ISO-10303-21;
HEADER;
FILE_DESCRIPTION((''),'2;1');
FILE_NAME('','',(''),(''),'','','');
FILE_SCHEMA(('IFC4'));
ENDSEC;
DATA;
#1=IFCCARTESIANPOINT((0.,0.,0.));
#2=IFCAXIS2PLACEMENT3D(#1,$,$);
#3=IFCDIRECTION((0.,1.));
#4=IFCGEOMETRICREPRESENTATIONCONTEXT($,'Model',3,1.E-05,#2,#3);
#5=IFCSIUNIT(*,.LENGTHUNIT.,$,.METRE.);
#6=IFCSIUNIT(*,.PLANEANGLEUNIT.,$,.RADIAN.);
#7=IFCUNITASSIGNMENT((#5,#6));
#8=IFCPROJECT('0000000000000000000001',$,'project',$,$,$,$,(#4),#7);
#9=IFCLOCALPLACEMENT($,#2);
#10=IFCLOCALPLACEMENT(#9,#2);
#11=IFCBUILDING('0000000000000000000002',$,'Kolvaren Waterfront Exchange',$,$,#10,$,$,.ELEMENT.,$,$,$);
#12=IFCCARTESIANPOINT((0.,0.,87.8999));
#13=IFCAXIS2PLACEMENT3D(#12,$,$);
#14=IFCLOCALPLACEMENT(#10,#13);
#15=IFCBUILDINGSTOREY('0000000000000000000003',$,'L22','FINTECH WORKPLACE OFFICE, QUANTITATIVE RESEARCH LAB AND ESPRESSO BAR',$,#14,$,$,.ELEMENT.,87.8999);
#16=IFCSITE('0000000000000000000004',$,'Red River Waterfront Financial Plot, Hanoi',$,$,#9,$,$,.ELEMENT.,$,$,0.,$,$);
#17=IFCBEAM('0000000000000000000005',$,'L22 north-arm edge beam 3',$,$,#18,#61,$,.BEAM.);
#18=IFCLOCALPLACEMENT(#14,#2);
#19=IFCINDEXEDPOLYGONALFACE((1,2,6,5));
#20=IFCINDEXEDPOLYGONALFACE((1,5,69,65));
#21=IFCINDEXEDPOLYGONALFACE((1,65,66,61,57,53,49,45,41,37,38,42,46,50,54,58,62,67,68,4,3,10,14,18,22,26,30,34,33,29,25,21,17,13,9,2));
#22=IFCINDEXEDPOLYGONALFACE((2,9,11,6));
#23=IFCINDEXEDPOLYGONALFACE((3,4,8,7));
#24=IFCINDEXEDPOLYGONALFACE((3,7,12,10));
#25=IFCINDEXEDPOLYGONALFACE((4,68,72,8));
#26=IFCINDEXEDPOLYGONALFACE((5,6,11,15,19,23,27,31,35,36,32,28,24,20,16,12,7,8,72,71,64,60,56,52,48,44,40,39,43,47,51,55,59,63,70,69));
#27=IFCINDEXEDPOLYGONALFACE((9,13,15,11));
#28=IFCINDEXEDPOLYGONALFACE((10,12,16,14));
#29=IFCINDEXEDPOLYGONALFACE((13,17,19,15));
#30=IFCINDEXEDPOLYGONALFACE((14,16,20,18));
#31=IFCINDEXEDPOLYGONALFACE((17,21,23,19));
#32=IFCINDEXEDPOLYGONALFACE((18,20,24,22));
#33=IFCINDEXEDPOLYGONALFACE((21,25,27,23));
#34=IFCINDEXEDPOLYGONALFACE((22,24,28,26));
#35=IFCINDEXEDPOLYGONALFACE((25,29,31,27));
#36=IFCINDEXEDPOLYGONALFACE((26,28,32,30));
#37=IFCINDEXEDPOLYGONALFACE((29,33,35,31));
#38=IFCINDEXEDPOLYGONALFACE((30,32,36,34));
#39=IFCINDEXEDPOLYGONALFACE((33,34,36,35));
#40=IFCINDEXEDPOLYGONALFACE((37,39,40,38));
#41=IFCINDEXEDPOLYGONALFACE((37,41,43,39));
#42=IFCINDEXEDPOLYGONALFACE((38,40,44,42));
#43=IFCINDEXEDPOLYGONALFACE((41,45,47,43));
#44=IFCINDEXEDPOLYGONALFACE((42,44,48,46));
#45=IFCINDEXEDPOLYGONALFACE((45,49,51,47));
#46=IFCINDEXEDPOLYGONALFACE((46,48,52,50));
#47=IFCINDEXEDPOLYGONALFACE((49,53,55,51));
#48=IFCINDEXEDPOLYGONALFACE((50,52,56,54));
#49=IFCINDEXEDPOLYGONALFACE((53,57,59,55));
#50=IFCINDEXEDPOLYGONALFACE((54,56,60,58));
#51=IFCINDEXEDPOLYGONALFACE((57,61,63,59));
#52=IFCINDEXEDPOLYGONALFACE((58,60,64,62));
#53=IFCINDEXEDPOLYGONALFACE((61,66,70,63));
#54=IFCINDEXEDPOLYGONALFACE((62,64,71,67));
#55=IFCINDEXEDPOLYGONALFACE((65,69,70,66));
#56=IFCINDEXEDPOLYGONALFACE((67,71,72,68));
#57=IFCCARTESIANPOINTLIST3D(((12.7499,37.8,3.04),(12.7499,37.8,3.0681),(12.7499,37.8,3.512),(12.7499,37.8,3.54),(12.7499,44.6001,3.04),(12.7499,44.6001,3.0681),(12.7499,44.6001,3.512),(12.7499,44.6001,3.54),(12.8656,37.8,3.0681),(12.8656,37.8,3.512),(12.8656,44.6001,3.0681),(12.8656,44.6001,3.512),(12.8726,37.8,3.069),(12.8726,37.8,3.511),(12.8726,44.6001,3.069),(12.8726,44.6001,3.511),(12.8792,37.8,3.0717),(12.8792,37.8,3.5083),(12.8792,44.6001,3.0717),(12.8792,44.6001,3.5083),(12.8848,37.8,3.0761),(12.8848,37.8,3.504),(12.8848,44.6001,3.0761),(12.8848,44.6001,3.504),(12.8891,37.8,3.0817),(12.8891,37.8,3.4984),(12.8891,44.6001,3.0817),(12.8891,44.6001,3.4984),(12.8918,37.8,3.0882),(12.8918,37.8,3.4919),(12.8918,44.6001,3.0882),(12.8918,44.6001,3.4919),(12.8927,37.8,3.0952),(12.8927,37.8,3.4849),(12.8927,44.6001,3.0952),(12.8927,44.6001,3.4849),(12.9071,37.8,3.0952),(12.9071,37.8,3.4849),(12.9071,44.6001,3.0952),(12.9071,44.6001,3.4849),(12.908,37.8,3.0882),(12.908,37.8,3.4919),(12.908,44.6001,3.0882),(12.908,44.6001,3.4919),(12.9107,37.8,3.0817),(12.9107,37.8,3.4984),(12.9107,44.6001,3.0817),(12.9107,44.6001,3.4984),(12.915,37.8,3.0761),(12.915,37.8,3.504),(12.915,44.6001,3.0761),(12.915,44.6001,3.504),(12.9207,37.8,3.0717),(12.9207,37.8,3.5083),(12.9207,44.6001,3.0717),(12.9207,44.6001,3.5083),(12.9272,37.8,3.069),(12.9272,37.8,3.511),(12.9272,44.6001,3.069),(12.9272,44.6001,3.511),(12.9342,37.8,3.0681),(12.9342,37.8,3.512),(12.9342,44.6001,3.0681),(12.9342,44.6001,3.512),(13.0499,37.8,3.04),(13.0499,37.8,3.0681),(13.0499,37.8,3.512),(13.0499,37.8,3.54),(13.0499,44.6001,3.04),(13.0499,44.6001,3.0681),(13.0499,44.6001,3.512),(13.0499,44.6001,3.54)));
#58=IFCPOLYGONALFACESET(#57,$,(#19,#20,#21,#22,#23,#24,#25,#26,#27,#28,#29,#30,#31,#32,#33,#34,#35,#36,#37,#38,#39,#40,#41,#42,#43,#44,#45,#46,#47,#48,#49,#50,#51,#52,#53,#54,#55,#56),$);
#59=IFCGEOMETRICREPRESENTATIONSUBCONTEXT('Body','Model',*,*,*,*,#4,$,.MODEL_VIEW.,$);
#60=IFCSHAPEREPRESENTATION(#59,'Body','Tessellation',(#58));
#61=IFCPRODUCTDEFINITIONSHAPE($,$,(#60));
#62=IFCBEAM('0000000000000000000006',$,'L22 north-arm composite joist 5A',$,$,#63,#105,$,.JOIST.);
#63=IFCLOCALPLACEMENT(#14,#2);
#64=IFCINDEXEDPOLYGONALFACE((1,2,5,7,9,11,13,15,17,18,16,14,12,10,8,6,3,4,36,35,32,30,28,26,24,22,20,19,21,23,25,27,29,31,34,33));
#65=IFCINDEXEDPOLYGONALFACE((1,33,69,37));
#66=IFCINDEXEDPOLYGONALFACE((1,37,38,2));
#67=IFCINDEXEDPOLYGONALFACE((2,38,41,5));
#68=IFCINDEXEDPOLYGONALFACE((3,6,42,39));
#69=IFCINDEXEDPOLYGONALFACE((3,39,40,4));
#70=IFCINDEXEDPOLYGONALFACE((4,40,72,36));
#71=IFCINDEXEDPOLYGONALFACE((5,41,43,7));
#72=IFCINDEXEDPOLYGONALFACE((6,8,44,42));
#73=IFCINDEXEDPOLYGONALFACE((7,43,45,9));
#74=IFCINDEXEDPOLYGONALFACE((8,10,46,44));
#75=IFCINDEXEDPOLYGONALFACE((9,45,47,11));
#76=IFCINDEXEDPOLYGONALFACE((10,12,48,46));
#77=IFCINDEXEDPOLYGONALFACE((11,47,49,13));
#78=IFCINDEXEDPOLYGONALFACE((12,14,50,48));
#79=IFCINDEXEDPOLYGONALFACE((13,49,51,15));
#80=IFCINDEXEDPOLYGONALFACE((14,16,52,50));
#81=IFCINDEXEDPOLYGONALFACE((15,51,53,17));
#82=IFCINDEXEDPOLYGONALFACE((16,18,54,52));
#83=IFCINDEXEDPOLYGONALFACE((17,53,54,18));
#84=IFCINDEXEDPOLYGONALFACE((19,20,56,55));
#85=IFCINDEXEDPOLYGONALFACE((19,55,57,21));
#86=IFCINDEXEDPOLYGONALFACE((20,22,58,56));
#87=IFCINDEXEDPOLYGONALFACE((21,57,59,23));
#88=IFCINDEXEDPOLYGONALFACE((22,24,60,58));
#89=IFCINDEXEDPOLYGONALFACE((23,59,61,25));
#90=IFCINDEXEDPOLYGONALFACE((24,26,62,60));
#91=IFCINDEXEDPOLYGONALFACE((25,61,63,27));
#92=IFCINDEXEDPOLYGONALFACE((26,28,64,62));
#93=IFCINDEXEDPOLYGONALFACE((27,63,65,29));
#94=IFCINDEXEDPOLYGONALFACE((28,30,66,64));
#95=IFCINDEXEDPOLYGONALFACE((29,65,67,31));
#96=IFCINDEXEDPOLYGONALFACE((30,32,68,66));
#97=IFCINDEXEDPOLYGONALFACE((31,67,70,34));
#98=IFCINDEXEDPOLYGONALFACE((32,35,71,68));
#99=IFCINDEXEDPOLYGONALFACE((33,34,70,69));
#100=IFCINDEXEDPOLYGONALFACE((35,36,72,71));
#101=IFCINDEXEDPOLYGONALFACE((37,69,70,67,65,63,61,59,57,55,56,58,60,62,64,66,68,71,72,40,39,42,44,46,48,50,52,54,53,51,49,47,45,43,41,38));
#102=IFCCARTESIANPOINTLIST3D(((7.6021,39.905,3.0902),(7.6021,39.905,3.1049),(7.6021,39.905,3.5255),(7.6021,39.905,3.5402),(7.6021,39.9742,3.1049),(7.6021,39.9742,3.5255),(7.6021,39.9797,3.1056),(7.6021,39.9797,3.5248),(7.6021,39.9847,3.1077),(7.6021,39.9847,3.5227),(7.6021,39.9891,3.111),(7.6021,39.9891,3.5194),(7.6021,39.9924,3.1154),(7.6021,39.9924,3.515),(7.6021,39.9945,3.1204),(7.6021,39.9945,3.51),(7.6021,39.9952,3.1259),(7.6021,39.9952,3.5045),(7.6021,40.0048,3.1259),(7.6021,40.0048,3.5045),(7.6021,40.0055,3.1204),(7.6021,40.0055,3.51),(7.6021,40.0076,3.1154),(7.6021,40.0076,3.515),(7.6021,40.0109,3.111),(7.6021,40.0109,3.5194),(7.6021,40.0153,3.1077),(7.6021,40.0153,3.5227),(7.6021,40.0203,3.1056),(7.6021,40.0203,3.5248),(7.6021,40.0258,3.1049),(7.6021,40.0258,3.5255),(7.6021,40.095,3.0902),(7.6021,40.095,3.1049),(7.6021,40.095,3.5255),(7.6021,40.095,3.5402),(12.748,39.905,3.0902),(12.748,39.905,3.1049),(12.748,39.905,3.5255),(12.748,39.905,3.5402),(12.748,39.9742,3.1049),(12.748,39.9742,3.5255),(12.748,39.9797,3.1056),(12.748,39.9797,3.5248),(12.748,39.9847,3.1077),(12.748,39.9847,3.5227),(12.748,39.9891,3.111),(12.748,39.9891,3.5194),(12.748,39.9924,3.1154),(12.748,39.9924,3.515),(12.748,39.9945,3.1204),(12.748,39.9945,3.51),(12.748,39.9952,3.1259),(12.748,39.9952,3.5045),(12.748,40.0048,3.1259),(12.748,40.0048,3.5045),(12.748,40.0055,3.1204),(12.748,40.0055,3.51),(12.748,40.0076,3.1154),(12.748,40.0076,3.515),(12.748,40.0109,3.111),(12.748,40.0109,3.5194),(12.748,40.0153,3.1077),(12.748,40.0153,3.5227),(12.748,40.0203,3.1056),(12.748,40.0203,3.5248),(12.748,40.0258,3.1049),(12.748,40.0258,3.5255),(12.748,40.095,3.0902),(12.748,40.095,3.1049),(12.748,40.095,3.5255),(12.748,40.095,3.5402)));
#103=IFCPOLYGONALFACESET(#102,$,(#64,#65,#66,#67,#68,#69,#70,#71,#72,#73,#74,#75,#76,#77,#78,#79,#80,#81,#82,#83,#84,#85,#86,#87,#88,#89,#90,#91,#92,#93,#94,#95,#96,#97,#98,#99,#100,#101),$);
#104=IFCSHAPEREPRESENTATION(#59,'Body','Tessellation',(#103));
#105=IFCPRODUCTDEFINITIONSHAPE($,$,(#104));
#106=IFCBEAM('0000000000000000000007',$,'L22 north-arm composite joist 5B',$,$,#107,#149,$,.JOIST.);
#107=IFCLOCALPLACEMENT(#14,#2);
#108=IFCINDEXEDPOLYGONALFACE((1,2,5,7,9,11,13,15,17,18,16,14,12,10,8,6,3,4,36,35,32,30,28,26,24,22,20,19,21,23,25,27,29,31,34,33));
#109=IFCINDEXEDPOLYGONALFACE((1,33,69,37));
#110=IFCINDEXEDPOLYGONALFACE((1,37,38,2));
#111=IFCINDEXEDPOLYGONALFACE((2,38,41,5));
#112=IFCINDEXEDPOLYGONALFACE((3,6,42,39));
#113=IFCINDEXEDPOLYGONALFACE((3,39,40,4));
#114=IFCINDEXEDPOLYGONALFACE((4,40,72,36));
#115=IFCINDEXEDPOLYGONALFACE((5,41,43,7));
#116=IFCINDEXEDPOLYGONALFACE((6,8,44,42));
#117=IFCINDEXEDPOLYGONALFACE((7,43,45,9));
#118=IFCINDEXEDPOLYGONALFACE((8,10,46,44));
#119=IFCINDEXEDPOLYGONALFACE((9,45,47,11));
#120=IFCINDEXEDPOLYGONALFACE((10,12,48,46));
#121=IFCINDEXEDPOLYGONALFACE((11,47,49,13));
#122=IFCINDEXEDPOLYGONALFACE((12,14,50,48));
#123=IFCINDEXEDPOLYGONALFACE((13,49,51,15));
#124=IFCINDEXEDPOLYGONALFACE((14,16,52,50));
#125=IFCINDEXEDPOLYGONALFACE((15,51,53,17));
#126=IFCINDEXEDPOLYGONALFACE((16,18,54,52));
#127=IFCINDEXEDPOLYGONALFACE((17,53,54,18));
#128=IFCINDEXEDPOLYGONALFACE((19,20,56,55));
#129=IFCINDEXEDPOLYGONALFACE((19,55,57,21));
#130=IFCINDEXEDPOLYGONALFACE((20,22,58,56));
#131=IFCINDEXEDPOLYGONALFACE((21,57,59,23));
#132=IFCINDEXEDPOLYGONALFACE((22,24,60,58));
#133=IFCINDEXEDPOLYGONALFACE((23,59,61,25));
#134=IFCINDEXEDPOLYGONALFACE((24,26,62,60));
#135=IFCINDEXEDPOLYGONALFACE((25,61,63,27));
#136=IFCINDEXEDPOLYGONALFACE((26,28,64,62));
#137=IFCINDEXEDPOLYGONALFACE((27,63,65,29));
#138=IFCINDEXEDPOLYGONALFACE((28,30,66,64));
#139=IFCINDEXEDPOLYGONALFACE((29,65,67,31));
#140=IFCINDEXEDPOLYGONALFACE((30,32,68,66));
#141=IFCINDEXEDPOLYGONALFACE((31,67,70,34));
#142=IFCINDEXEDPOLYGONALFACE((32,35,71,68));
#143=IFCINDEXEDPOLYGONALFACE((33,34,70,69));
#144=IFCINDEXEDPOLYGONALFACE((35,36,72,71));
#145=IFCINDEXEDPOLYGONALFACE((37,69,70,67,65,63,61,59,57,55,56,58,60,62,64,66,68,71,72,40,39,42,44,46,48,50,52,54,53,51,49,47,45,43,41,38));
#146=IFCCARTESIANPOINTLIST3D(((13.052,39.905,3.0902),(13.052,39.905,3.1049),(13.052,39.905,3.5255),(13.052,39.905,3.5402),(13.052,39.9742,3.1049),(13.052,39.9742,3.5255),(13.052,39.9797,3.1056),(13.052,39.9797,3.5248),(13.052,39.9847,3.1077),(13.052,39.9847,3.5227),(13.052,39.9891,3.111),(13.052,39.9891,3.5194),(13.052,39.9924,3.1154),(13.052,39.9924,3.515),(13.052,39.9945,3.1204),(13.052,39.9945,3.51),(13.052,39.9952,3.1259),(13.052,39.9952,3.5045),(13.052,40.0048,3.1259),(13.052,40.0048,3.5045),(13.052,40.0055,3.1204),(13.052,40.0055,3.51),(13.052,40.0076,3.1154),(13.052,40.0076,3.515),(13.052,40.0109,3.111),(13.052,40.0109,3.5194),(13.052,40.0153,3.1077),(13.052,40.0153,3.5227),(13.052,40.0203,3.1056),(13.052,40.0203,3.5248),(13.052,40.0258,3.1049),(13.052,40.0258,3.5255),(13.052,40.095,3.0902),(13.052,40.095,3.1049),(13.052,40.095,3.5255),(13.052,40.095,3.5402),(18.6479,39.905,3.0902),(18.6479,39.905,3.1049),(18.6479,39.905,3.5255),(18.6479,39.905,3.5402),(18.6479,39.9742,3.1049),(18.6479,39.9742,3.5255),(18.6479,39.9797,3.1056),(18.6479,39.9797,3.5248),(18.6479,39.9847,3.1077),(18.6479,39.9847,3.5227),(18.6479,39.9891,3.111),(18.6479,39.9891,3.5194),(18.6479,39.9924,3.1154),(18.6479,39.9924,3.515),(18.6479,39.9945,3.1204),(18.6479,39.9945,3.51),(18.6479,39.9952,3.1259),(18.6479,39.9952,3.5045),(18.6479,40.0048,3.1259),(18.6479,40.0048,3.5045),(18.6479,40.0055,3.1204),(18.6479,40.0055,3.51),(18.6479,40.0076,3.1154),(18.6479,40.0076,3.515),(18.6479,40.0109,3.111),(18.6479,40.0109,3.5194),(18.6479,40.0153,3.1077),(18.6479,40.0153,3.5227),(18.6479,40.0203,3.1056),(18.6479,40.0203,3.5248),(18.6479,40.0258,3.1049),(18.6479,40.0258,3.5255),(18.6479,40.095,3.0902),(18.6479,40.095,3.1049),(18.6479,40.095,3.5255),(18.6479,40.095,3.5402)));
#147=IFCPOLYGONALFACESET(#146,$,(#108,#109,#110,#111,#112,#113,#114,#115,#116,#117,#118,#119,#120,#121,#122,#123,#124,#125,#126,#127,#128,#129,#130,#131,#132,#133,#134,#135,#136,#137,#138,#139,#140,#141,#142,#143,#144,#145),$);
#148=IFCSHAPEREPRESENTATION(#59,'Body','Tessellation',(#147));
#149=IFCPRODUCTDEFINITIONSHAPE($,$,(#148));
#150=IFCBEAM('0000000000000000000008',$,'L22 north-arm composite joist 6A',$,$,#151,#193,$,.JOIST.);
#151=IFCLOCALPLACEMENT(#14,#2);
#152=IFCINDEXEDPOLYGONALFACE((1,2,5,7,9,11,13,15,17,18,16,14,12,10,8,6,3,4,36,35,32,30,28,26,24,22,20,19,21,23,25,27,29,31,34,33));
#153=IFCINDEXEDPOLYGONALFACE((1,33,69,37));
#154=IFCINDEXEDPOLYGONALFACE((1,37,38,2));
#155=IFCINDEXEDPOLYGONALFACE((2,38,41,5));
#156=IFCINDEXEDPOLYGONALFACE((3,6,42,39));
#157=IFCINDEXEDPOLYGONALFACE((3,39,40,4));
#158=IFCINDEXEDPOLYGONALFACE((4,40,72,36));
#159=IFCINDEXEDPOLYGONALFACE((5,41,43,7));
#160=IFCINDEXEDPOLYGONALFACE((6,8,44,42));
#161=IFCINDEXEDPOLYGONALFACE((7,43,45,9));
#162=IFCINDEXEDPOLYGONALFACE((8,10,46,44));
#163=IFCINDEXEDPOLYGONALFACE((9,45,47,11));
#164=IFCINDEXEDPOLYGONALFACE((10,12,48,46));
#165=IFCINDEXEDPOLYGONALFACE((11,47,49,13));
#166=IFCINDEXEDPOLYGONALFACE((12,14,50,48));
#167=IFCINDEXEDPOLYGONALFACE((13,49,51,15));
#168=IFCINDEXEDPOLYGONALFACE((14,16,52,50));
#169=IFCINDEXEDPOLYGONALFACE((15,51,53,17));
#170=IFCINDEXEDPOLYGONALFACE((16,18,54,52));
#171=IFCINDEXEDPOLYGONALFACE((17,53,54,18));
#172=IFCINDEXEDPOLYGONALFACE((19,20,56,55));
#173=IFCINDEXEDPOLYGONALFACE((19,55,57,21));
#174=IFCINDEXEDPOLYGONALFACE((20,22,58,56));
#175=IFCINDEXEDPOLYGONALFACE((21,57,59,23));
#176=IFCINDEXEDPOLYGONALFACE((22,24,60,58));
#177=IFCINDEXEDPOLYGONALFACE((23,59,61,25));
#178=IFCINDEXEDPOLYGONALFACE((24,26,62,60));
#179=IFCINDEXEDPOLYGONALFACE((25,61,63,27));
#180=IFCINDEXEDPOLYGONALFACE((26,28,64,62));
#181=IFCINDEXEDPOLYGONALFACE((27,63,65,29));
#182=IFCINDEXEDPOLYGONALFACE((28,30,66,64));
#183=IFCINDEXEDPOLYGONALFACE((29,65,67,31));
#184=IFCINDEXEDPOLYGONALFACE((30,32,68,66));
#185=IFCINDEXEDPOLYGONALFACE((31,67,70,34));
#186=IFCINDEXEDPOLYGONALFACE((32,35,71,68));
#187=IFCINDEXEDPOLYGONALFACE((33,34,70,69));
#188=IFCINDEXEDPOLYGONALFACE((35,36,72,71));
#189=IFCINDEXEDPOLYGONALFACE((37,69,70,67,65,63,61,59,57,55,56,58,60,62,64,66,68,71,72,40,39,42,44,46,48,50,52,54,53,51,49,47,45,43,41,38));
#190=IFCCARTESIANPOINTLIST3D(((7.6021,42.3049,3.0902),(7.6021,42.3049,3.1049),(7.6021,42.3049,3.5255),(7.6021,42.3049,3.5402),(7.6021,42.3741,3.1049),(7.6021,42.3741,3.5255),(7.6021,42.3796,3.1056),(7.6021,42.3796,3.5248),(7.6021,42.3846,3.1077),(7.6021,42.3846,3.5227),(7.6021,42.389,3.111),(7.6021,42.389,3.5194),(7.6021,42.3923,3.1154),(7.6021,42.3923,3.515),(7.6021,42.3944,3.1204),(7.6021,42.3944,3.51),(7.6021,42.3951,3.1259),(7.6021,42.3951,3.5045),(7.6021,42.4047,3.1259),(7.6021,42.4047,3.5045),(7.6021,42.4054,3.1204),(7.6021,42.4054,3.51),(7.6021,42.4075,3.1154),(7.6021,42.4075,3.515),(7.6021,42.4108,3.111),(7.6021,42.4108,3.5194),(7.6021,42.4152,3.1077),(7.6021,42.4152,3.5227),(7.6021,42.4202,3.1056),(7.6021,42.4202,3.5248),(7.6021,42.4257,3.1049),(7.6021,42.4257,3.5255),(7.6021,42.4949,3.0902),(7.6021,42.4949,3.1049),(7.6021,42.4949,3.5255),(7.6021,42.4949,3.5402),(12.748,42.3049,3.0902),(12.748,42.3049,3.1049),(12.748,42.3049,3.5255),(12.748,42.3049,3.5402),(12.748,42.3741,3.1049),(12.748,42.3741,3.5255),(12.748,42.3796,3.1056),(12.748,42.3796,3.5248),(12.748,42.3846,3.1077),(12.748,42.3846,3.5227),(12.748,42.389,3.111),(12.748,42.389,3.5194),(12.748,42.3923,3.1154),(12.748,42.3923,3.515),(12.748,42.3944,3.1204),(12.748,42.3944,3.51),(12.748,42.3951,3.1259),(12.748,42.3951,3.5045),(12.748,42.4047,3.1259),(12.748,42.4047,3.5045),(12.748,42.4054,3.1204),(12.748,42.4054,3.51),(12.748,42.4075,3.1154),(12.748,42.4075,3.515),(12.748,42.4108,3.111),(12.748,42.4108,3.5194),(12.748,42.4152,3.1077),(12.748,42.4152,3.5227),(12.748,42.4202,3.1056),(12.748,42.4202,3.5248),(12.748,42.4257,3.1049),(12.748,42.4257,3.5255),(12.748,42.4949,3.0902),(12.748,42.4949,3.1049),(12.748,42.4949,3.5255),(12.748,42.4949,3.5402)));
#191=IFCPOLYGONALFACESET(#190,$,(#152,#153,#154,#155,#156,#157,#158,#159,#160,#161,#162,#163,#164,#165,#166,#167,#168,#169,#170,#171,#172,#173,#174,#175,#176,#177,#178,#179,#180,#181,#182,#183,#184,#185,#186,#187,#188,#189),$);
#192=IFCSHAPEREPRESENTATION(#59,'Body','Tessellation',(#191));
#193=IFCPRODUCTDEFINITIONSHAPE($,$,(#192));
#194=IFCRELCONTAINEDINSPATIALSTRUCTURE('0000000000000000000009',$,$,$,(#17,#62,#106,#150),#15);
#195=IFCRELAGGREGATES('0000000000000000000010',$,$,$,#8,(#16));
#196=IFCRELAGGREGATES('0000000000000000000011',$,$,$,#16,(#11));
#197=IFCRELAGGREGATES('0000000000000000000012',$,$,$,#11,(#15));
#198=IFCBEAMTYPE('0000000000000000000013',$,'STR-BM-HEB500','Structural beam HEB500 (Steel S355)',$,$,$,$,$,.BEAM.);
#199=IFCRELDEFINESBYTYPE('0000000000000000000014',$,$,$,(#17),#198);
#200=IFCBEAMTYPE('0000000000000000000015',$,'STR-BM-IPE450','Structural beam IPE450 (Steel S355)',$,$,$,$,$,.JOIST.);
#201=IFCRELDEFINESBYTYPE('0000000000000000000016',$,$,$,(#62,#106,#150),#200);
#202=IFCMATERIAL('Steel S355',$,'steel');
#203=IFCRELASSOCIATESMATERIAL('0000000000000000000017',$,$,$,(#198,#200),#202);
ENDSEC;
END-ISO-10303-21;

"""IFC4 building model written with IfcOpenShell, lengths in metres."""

from ifc_helpers import new_model, si_unit, direction, frame, origin, origin_2d, place, context, subcontext, project, spatial, i_section, extrude, material, material_profile, profile_set, type_object, element, save


model = new_model("IFC4")

# Units and contexts
model_context = context("Model", 3, precision=1e-05, world=origin(), true_north=direction((0.0, 1.0)))
body_context = subcontext(model_context, "Body", "Model", "MODEL_VIEW")
ifc_project = project(units=[si_unit("LENGTHUNIT", "METRE"), si_unit("PLANEANGLEUNIT", "RADIAN")], contexts=[model_context])

# Site, building, storey
site_placement = place(None, origin())
site = spatial("IfcSite", under=ifc_project, at=site_placement, Name="Red River Waterfront Financial Plot, Hanoi", CompositionType="ELEMENT", RefElevation=0.0)
building_placement = place(site_placement, origin())
building = spatial("IfcBuilding", under=site, at=building_placement, Name="Kolvaren Waterfront Exchange", CompositionType="ELEMENT")
storey_placement = place(building_placement, frame((0.0, 0.0, 87.8999)))
storey = spatial("IfcBuildingStorey", under=building, at=storey_placement, Name="L22", Description="FINTECH WORKPLACE OFFICE, QUANTITATIVE RESEARCH LAB AND ESPRESSO BAR", CompositionType="ELEMENT", Elevation=87.8999)

# Beams
ifc_material_1 = material(Name="Steel S355", Category="steel")
ifc_material_profile_1 = material_profile(ifc_material_1, i_section(OverallWidth=0.3, OverallDepth=0.5, WebThickness=0.0144, FlangeThickness=0.0281, FilletRadius=0.0271, at=origin_2d()), Name="HEB500")
ifc_profile_set_1 = profile_set([ifc_material_profile_1], Name="Steel S355")
beam_type_1 = type_object("IfcBeamType", Name="STR-BM-HEB500", Description="Structural beam HEB500 (Steel S355)", PredefinedType="BEAM", material=ifc_profile_set_1)
beam_1_placement = place(storey_placement, frame((12.8999, 37.8, 3.29), z_axis=(0.0, 1.0, 0.0), x_axis=(-1.0, 0.0, 0.0)))
element("IfcBeam", 1, at=beam_1_placement, inside=storey, type_object=beam_type_1, Name="L22 north-arm edge beam 3", PredefinedType="BEAM", context=body_context, shape_type="SweptSolid", body=[
    extrude(i_section(OverallWidth=0.3, OverallDepth=0.5, WebThickness=0.0144, FlangeThickness=0.0281, FilletRadius=0.0271, at=origin_2d()), origin(), (0.0, 0.0, 1.0), 6.8),
])
ifc_material_profile_2 = material_profile(ifc_material_1, i_section(OverallWidth=0.1899, OverallDepth=0.45, WebThickness=0.0095, FlangeThickness=0.0146, FilletRadius=0.021, at=origin_2d()), Name="IPE450")
ifc_profile_set_2 = profile_set([ifc_material_profile_2], Name="Steel S355")
beam_type_2 = type_object("IfcBeamType", Name="STR-BM-IPE450", Description="Structural beam IPE450 (Steel S355)", PredefinedType="JOIST", material=ifc_profile_set_2)
beam_2_placement = place(storey_placement, frame((7.6021, 40.0, 3.3152), z_axis=(1.0, 0.0, 0.0), x_axis=(0.0, 1.0, 0.0)))
element("IfcBeam", 2, at=beam_2_placement, inside=storey, type_object=beam_type_2, Name="L22 north-arm composite joist 5A", PredefinedType="JOIST", context=body_context, shape_type="SweptSolid", body=[
    extrude(i_section(OverallWidth=0.1899, OverallDepth=0.45, WebThickness=0.0095, FlangeThickness=0.0146, FilletRadius=0.021, at=origin_2d()), origin(), (0.0, 0.0, 1.0), 5.146),
])
beam_3_placement = place(storey_placement, frame((13.052, 40.0, 3.3152), z_axis=(1.0, 0.0, 0.0), x_axis=(0.0, 1.0, 0.0)))
element("IfcBeam", 3, at=beam_3_placement, inside=storey, type_object=beam_type_2, Name="L22 north-arm composite joist 5B", PredefinedType="JOIST", context=body_context, shape_type="SweptSolid", body=[
    extrude(i_section(OverallWidth=0.1899, OverallDepth=0.45, WebThickness=0.0095, FlangeThickness=0.0146, FilletRadius=0.021, at=origin_2d()), origin(), (0.0, 0.0, 1.0), 5.5959),
])
beam_4_placement = place(storey_placement, frame((7.6021, 42.3999, 3.3152), z_axis=(1.0, 0.0, 0.0), x_axis=(0.0, 1.0, 0.0)))
element("IfcBeam", 4, at=beam_4_placement, inside=storey, type_object=beam_type_2, Name="L22 north-arm composite joist 6A", PredefinedType="JOIST", context=body_context, shape_type="SweptSolid", body=[
    extrude(i_section(OverallWidth=0.1899, OverallDepth=0.45, WebThickness=0.0095, FlangeThickness=0.0146, FilletRadius=0.021, at=origin_2d()), origin(), (0.0, 0.0, 1.0), 5.146),
])

save(model, "model.ifc")
